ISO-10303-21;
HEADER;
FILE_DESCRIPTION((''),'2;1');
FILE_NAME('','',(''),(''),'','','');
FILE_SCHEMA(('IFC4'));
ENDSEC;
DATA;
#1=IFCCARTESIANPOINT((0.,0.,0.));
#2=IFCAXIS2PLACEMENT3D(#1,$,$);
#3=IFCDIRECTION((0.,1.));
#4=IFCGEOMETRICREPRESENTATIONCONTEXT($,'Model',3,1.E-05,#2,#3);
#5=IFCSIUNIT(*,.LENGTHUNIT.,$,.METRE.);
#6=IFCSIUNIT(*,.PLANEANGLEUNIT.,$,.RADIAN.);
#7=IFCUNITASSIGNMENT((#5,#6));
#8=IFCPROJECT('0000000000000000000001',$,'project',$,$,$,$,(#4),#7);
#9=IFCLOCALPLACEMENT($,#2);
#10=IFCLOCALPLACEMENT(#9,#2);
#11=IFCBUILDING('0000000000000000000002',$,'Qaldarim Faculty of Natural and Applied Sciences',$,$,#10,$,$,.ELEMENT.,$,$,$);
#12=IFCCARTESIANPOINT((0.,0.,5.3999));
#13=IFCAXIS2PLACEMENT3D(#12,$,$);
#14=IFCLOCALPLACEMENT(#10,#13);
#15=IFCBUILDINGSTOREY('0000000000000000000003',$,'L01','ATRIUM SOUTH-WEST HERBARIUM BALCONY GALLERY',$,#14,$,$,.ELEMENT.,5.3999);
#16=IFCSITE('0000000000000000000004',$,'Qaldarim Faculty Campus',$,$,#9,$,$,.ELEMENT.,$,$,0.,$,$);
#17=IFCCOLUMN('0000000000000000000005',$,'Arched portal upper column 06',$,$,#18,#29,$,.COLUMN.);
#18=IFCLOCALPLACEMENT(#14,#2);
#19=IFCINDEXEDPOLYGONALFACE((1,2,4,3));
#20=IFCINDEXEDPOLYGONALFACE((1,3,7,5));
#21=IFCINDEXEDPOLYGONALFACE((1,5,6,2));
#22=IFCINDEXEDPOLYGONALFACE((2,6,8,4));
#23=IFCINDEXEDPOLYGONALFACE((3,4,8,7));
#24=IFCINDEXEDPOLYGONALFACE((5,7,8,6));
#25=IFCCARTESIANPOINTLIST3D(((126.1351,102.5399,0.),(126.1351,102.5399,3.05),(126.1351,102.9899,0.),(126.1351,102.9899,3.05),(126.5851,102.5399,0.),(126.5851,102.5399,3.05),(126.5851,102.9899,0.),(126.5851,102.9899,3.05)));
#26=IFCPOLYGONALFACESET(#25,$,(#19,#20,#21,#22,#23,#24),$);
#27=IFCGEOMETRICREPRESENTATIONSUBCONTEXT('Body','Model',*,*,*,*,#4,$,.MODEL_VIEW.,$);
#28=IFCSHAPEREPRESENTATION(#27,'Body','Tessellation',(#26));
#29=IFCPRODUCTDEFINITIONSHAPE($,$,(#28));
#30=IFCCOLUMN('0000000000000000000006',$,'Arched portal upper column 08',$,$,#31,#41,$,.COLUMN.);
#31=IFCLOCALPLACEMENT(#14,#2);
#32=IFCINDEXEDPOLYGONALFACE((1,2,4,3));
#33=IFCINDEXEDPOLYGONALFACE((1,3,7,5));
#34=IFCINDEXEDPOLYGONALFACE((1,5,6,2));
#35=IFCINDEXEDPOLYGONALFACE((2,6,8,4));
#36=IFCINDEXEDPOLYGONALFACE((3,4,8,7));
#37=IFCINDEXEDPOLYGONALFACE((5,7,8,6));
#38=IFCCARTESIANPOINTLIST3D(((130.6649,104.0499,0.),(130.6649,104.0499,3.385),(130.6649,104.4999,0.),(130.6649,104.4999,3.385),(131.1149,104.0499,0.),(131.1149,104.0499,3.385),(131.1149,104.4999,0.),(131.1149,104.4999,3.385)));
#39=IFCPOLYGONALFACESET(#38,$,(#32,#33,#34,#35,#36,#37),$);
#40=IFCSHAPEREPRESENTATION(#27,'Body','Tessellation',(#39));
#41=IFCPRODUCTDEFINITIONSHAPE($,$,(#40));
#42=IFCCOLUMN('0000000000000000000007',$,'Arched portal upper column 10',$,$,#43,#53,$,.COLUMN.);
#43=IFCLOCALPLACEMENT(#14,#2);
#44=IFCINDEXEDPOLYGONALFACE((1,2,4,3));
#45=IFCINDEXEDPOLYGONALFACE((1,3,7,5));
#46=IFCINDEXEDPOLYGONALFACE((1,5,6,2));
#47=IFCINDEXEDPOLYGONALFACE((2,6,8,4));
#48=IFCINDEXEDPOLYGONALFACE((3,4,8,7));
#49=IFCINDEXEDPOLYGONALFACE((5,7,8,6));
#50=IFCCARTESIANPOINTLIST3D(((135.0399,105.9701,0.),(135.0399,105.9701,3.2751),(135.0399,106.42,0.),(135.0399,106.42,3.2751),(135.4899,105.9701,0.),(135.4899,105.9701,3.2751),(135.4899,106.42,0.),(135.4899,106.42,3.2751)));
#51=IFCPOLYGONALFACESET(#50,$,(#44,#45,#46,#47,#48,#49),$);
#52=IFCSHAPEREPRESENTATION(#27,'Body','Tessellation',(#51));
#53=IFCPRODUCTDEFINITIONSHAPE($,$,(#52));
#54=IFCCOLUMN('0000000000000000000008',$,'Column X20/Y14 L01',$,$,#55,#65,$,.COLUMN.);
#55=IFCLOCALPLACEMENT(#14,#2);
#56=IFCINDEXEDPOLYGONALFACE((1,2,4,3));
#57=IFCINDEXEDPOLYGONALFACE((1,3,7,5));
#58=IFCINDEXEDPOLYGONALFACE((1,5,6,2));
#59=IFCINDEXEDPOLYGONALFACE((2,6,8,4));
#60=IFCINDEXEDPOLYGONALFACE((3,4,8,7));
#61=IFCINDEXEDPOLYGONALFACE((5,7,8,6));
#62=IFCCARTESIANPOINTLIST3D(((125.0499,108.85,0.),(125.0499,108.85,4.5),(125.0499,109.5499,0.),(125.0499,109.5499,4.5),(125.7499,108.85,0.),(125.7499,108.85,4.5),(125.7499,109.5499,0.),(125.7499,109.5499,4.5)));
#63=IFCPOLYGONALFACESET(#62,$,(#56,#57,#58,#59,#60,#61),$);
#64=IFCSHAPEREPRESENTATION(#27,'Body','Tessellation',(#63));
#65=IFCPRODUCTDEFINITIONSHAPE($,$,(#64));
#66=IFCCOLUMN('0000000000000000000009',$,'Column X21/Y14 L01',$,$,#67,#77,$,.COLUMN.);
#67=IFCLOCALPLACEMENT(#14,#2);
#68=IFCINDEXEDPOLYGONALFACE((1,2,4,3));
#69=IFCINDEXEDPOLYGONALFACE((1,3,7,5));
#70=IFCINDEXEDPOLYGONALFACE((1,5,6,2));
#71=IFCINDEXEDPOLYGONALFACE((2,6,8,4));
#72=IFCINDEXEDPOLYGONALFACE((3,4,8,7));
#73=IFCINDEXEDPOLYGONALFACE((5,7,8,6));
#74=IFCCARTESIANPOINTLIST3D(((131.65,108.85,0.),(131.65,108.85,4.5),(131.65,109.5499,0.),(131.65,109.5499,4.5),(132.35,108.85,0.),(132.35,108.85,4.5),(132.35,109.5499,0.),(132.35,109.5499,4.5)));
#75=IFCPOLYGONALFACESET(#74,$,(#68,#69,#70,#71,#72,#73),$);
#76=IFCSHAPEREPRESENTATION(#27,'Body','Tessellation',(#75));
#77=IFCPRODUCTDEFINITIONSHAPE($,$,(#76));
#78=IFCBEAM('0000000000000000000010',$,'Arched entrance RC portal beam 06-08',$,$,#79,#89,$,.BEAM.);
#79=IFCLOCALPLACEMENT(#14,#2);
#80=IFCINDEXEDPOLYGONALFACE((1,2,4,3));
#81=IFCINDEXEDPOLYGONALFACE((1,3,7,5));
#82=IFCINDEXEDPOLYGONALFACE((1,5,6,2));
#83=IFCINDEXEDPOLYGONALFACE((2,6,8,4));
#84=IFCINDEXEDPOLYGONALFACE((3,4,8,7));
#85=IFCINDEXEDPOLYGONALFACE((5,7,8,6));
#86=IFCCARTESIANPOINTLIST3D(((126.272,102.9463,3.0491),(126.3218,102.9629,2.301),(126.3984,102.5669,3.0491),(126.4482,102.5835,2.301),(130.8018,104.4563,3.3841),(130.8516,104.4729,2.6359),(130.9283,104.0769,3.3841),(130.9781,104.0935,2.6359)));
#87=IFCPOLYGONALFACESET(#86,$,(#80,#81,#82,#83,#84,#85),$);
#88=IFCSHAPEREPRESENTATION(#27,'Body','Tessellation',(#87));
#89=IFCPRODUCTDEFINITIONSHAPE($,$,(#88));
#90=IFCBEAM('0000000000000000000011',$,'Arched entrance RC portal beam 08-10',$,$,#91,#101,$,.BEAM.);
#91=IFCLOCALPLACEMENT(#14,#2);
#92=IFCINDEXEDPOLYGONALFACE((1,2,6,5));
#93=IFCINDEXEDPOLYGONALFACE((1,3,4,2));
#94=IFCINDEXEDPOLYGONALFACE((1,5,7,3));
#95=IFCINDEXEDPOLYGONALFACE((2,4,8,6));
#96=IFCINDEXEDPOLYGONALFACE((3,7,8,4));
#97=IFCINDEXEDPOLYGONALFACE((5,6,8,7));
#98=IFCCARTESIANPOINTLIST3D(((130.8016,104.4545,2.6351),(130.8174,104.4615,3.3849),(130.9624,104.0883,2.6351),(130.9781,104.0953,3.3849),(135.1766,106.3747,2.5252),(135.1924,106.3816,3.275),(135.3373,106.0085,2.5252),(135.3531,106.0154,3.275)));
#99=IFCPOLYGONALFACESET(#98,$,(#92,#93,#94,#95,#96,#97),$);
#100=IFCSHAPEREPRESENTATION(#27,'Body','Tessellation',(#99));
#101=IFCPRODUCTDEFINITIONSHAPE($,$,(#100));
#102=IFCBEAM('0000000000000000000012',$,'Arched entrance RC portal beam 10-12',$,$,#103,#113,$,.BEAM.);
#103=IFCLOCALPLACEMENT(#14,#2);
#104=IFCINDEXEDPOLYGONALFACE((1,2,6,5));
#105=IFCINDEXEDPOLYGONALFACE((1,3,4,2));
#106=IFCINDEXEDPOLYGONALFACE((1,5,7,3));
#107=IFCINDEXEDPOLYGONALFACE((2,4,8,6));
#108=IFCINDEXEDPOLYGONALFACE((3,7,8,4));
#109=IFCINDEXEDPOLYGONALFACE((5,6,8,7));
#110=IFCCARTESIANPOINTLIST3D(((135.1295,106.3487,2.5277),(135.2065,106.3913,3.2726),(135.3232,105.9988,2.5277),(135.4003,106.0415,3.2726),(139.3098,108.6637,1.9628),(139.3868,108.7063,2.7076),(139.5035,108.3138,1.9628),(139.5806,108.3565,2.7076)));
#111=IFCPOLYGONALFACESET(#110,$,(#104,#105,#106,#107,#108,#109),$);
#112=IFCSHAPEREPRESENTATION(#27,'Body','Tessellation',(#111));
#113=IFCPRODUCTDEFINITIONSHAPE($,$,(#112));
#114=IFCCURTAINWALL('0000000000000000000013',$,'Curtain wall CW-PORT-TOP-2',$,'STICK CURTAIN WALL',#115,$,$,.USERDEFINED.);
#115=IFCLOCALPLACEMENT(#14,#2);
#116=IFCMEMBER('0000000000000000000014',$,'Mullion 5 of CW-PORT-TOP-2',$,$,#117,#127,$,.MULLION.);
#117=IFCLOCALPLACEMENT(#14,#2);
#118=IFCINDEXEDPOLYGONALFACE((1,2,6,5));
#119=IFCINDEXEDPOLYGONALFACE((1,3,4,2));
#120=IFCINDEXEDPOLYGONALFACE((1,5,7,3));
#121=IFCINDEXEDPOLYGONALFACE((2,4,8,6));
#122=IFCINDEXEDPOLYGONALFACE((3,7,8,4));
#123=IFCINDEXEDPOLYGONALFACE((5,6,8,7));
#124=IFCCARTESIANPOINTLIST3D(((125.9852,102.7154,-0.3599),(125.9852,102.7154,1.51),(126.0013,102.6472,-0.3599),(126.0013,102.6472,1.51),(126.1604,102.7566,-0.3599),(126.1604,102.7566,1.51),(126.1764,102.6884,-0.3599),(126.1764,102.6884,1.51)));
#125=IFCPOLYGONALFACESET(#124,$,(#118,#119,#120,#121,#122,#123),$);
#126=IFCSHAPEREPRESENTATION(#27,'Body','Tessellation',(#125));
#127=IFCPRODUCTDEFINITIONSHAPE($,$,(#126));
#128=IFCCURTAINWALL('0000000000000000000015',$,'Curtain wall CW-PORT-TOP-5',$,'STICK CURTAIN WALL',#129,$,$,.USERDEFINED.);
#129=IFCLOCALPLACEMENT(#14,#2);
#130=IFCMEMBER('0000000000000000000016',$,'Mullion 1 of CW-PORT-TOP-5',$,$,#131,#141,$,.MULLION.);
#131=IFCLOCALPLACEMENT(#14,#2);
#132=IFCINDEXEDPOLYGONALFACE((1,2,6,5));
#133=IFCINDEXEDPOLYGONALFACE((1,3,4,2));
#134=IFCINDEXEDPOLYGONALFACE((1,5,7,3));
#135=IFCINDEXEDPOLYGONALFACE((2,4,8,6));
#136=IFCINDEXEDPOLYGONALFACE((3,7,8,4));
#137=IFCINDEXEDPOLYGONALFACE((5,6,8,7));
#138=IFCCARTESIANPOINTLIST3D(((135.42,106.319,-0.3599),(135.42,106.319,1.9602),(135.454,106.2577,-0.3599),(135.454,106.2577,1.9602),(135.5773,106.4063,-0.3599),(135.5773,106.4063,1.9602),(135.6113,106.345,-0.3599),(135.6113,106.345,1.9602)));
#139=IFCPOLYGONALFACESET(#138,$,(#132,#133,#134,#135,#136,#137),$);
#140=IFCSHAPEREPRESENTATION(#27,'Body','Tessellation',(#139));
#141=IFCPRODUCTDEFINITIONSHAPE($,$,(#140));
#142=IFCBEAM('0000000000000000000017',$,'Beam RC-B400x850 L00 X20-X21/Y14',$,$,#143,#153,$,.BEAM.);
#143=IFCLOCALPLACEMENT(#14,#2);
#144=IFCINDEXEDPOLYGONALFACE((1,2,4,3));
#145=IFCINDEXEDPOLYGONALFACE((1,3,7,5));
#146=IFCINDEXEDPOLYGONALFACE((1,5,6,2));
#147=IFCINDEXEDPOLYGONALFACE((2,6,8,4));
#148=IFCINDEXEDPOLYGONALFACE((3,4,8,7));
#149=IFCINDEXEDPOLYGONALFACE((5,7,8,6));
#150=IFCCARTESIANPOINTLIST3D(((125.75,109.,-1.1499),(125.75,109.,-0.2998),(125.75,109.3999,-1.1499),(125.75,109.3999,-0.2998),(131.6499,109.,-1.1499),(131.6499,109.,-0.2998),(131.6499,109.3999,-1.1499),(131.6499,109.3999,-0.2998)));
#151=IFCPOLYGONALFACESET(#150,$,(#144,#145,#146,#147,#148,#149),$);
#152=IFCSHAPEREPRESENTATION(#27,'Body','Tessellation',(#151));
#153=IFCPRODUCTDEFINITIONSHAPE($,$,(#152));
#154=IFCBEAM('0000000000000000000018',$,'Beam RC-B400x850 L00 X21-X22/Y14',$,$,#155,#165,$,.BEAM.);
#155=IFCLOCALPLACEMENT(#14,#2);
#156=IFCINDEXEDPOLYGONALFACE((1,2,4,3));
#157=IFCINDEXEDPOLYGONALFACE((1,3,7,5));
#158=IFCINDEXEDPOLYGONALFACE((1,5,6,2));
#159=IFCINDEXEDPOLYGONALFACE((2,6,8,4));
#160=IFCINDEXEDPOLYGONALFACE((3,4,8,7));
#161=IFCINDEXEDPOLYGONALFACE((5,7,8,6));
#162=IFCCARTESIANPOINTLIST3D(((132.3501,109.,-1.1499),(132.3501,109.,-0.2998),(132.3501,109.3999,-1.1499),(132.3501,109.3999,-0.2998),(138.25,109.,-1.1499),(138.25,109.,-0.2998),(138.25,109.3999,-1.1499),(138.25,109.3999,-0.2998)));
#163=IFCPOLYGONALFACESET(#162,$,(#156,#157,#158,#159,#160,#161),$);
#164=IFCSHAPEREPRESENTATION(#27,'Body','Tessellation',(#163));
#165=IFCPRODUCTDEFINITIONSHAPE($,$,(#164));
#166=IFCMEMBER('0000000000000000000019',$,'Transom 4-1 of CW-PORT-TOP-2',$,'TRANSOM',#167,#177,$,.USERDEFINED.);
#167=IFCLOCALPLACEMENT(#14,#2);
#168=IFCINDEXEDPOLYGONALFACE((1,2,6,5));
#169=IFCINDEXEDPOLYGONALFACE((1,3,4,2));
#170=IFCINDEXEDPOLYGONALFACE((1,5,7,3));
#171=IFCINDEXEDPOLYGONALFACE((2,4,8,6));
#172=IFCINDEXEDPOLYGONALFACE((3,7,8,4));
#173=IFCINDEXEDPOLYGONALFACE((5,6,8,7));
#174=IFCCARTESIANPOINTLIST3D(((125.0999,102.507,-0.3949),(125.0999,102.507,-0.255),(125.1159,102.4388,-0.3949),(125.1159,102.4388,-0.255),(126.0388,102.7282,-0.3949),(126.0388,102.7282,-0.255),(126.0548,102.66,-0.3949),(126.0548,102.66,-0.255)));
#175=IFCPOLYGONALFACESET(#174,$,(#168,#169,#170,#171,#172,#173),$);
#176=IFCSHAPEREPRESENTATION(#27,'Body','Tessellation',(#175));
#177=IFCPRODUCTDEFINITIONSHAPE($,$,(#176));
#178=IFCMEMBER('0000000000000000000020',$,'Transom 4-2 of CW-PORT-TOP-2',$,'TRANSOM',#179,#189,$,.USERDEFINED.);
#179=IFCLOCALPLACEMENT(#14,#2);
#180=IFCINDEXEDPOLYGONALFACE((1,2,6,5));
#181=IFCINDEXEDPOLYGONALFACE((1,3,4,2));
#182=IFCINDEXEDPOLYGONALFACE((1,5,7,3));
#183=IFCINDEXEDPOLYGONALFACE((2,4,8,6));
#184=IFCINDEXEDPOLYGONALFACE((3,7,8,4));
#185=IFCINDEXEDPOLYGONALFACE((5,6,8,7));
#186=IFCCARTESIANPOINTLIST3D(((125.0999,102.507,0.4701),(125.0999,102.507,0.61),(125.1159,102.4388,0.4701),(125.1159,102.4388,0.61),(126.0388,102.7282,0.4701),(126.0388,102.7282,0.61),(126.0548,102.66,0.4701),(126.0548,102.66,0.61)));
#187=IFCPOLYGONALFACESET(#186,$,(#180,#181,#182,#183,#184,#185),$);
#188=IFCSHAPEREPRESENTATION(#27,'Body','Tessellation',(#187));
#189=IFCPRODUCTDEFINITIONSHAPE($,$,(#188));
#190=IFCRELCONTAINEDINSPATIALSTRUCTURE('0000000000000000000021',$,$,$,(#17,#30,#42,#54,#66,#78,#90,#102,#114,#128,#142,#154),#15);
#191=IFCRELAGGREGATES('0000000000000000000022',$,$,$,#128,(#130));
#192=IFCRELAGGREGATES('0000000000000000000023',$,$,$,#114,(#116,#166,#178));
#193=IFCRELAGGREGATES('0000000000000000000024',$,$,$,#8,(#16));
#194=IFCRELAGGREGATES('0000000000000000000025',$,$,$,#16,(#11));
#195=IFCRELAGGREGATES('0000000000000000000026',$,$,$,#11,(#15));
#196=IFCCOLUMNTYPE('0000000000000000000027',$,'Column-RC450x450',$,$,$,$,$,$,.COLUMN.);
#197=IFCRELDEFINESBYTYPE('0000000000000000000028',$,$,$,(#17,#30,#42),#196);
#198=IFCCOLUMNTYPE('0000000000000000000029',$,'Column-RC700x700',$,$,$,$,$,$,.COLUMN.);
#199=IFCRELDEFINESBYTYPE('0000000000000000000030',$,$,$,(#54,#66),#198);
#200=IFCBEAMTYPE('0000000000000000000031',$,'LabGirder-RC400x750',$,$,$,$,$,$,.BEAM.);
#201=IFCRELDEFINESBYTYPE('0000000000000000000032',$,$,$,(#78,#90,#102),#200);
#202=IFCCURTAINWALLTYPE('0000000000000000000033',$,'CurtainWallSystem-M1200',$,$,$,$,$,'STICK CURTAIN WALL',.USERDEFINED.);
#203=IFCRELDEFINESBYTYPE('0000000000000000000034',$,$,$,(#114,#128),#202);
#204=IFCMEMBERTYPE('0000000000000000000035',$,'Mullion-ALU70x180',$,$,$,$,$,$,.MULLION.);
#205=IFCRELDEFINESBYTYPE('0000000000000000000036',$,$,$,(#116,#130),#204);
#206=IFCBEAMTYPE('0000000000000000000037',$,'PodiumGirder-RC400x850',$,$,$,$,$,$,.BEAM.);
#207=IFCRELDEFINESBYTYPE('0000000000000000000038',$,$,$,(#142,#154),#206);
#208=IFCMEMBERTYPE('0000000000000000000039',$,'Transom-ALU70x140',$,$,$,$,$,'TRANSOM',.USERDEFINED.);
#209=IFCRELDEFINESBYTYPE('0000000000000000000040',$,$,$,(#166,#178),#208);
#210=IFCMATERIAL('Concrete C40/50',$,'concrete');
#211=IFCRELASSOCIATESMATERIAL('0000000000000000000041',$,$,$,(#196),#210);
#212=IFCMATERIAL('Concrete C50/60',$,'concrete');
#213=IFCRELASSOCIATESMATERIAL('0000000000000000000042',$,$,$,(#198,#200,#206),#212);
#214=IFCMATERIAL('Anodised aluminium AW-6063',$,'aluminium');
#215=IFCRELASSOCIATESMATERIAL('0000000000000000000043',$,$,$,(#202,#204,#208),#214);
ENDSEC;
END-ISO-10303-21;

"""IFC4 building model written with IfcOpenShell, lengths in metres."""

from ifc_helpers import new_model, si_unit, direction, frame, origin, origin_2d, place, context, subcontext, project, spatial, rectangle, extrude, material, material_profile, profile_set, type_object, element, aggregate, save


model = new_model("IFC4")

# Units and contexts
model_context = context("Model", 3, precision=1e-05, world=origin(), true_north=direction((0.0, 1.0)))
body_context = subcontext(model_context, "Body", "Model", "MODEL_VIEW")
ifc_project = project(units=[si_unit("LENGTHUNIT", "METRE"), si_unit("PLANEANGLEUNIT", "RADIAN")], contexts=[model_context])

# Site, building, storey
site_placement = place(None, origin())
site = spatial("IfcSite", under=ifc_project, at=site_placement, Name="Qaldarim Faculty Campus", CompositionType="ELEMENT", RefElevation=0.0)
building_placement = place(site_placement, origin())
building = spatial("IfcBuilding", under=site, at=building_placement, Name="Qaldarim Faculty of Natural and Applied Sciences", CompositionType="ELEMENT")
storey_placement = place(building_placement, frame((0.0, 0.0, 5.3999)))
storey = spatial("IfcBuildingStorey", under=building, at=storey_placement, Name="L01", Description="ATRIUM SOUTH-WEST HERBARIUM BALCONY GALLERY", CompositionType="ELEMENT", Elevation=5.3999)

# Columns
ifc_material_1 = material(Name="Concrete C40/50", Category="concrete")
ifc_material_profile_1 = material_profile(ifc_material_1, rectangle(XDim=0.45, YDim=0.45, at=origin_2d()), Name="RC-C450x450")
ifc_profile_set_1 = profile_set([ifc_material_profile_1], Name="Concrete C40/50")
column_type_1 = type_object("IfcColumnType", Name="Column-RC450x450", PredefinedType="COLUMN", material=ifc_profile_set_1)
column_1_placement = place(storey_placement, frame((126.3601, 102.7649, 0.0), z_axis=(0.0, 0.0, 1.0), x_axis=(1.0, 0.0, 0.0)))
element("IfcColumn", 1, at=column_1_placement, inside=storey, type_object=column_type_1, Name="Arched portal upper column 06", PredefinedType="COLUMN", context=body_context, shape_type="SweptSolid", body=[
    extrude(rectangle(XDim=0.45, YDim=0.45, at=origin_2d()), origin(), (0.0, 0.0, 1.0), 3.05),
])
column_2_placement = place(storey_placement, frame((130.8899, 104.2749, 0.0), z_axis=(0.0, 0.0, 1.0), x_axis=(1.0, 0.0, 0.0)))
element("IfcColumn", 2, at=column_2_placement, inside=storey, type_object=column_type_1, Name="Arched portal upper column 08", PredefinedType="COLUMN", context=body_context, shape_type="SweptSolid", body=[
    extrude(rectangle(XDim=0.45, YDim=0.45, at=origin_2d()), origin(), (0.0, 0.0, 1.0), 3.385),
])
column_3_placement = place(storey_placement, frame((135.2649, 106.1951, 0.0), z_axis=(0.0, 0.0, 1.0), x_axis=(1.0, 0.0, 0.0)))
element("IfcColumn", 3, at=column_3_placement, inside=storey, type_object=column_type_1, Name="Arched portal upper column 10", PredefinedType="COLUMN", context=body_context, shape_type="SweptSolid", body=[
    extrude(rectangle(XDim=0.45, YDim=0.45, at=origin_2d()), origin(), (0.0, 0.0, 1.0), 3.2751),
])
ifc_material_2 = material(Name="Concrete C50/60", Category="concrete")
ifc_material_profile_2 = material_profile(ifc_material_2, rectangle(XDim=0.7, YDim=0.7, at=origin_2d()), Name="RC-C700x700")
ifc_profile_set_2 = profile_set([ifc_material_profile_2], Name="Concrete C50/60")
column_type_2 = type_object("IfcColumnType", Name="Column-RC700x700", PredefinedType="COLUMN", material=ifc_profile_set_2)
for number, where, z_axis, x_axis, name in (
    (4, (125.3999, 109.2, 0.0), (0.0, 0.0, 1.0), (1.0, 0.0, 0.0), "Column X20/Y14 L01"),
    (5, (132.0, 109.2, 0.0), (0.0, 0.0, 1.0), (1.0, 0.0, 0.0), "Column X21/Y14 L01"),
):
    element("IfcColumn", number, at=place(storey_placement, frame(where, z_axis=z_axis, x_axis=x_axis)), inside=storey, type_object=column_type_2, Name=name, PredefinedType="COLUMN", context=body_context, shape_type="SweptSolid", body=[
        extrude(rectangle(XDim=0.7, YDim=0.7, at=origin_2d()), origin(), (0.0, 0.0, 1.0), 4.5),
    ])

# Beams
ifc_material_profile_3 = material_profile(ifc_material_2, rectangle(XDim=0.3999, YDim=0.75, at=origin_2d()), Name="RC-B400x750")
ifc_profile_set_3 = profile_set([ifc_material_profile_3], Name="Concrete C50/60")
beam_type_1 = type_object("IfcBeamType", Name="LabGirder-RC400x750", PredefinedType="BEAM", material=ifc_profile_set_3)
beam_1_placement = place(storey_placement, frame((126.3601, 102.7649, 2.675), z_axis=(0.946352, 0.315468, 0.069979), x_axis=(-0.316243, 0.948678, 0.0)))
element("IfcBeam", 6, at=beam_1_placement, inside=storey, type_object=beam_type_1, Name="Arched entrance RC portal beam 06-08", PredefinedType="BEAM", context=body_context, shape_type="SweptSolid", body=[
    extrude(rectangle(XDim=0.3999, YDim=0.75, at=origin_2d()), origin(), (0.0, 0.0, 1.0), 4.7866),
])
beam_2_placement = place(storey_placement, frame((130.8899, 104.2749, 3.01), z_axis=(0.915446, 0.401785, -0.022988), x_axis=(-0.401891, 0.915688, 0.0)))
element("IfcBeam", 7, at=beam_2_placement, inside=storey, type_object=beam_type_1, Name="Arched entrance RC portal beam 08-10", PredefinedType="BEAM", context=body_context, shape_type="SweptSolid", body=[
    extrude(rectangle(XDim=0.3999, YDim=0.75, at=origin_2d()), origin(), (0.0, 0.0, 1.0), 4.7791),
])
beam_3_placement = place(storey_placement, frame((135.2649, 106.1951, 2.9001), z_axis=(0.868761, 0.481112, -0.117411), x_axis=(-0.484463, 0.874812, 0.0)))
element("IfcBeam", 8, at=beam_3_placement, inside=storey, type_object=beam_type_1, Name="Arched entrance RC portal beam 10-12", PredefinedType="BEAM", context=body_context, shape_type="SweptSolid", body=[
    extrude(rectangle(XDim=0.3999, YDim=0.75, at=origin_2d()), origin(), (0.0, 0.0, 1.0), 4.8118),
])

# Curtain walls, members
ifc_material_3 = material(Name="Anodised aluminium AW-6063", Category="aluminium")
curtain_wall_type = type_object("IfcCurtainWallType", Name="CurtainWallSystem-M1200", ElementType="STICK CURTAIN WALL", PredefinedType="USERDEFINED", material=ifc_material_3)
curtain_wall_1_placement = place(storey_placement, origin())
curtain_wall_1 = element("IfcCurtainWall", 9, at=curtain_wall_1_placement, inside=storey, type_object=curtain_wall_type, Name="Curtain wall CW-PORT-TOP-2", ObjectType="STICK CURTAIN WALL", PredefinedType="USERDEFINED")
ifc_material_profile_4 = material_profile(ifc_material_3, rectangle(XDim=0.0701, YDim=0.1799, at=origin_2d()), Name="ALU-M70x180")
ifc_profile_set_4 = profile_set([ifc_material_profile_4], Name="Anodised aluminium AW-6063")
member_type_1 = type_object("IfcMemberType", Name="Mullion-ALU70x180", PredefinedType="MULLION", material=ifc_profile_set_4)
member_1_placement = place(storey_placement, frame((126.0808, 102.7019, -0.3599), z_axis=(0.0, 0.0, 1.0), x_axis=(-0.229047, 0.973415, 0.0)))
member_1 = element("IfcMember", 10, at=member_1_placement, type_object=member_type_1, Name="Mullion 5 of CW-PORT-TOP-2", PredefinedType="MULLION", context=body_context, shape_type="SweptSolid", body=[
    extrude(rectangle(XDim=0.0701, YDim=0.1799, at=origin_2d()), origin(), (0.0, 0.0, 1.0), 1.8699),
])
curtain_wall_2_placement = place(storey_placement, origin())
curtain_wall_2 = element("IfcCurtainWall", 11, at=curtain_wall_2_placement, inside=storey, type_object=curtain_wall_type, Name="Curtain wall CW-PORT-TOP-5", ObjectType="STICK CURTAIN WALL", PredefinedType="USERDEFINED")
member_2_placement = place(storey_placement, frame((135.5156, 106.332, -0.3599), z_axis=(0.0, 0.0, 1.0), x_axis=(-0.485145, 0.874433, 0.0)))
member_2 = element("IfcMember", 12, at=member_2_placement, type_object=member_type_1, Name="Mullion 1 of CW-PORT-TOP-5", PredefinedType="MULLION", context=body_context, shape_type="SweptSolid", body=[
    extrude(rectangle(XDim=0.0701, YDim=0.1799, at=origin_2d()), origin(), (0.0, 0.0, 1.0), 2.3201),
])
aggregate(curtain_wall_2, [member_2])

# Beams
ifc_material_profile_5 = material_profile(ifc_material_2, rectangle(XDim=0.3999, YDim=0.8501, at=origin_2d()), Name="RC-B400x850")
ifc_profile_set_5 = profile_set([ifc_material_profile_5], Name="Concrete C50/60")
beam_type_2 = type_object("IfcBeamType", Name="PodiumGirder-RC400x850", PredefinedType="BEAM", material=ifc_profile_set_5)
for number, where, z_axis, x_axis, name in (
    (13, (125.75, 109.2, -0.7249), (1.0, 0.0, 0.0), (0.0, 1.0, 0.0), "Beam RC-B400x850 L00 X20-X21/Y14"),
    (14, (132.3501, 109.2, -0.7249), (1.0, 0.0, 0.0), (0.0, 1.0, 0.0), "Beam RC-B400x850 L00 X21-X22/Y14"),
):
    element("IfcBeam", number, at=place(storey_placement, frame(where, z_axis=z_axis, x_axis=x_axis)), inside=storey, type_object=beam_type_2, Name=name, PredefinedType="BEAM", context=body_context, shape_type="SweptSolid", body=[
        extrude(rectangle(XDim=0.3999, YDim=0.8501, at=origin_2d()), origin(), (0.0, 0.0, 1.0), 5.8999),
    ])

# Members
ifc_material_profile_6 = material_profile(ifc_material_3, rectangle(XDim=0.0701, YDim=0.1399, at=origin_2d()), Name="ALU-T70x140")
ifc_profile_set_6 = profile_set([ifc_material_profile_6], Name="Anodised aluminium AW-6063")
member_type_2 = type_object("IfcMemberType", Name="Transom-ALU70x140", ElementType="TRANSOM", PredefinedType="USERDEFINED", material=ifc_profile_set_6)
member_3_placement = place(storey_placement, frame((125.1079, 102.4729, -0.325), z_axis=(0.973357, 0.229293, 0.0), x_axis=(-0.229293, 0.973357, 0.0)))
member_3 = element("IfcMember", 15, at=member_3_placement, type_object=member_type_2, Name="Transom 4-1 of CW-PORT-TOP-2", ObjectType="TRANSOM", PredefinedType="USERDEFINED", context=body_context, shape_type="SweptSolid", body=[
    extrude(rectangle(XDim=0.0701, YDim=0.1399, at=origin_2d()), origin(), (0.0, 0.0, 1.0), 0.9646),
])
member_4_placement = place(storey_placement, frame((125.1079, 102.4729, 0.54), z_axis=(0.973357, 0.229293, 0.0), x_axis=(-0.229293, 0.973357, 0.0)))
member_4 = element("IfcMember", 16, at=member_4_placement, type_object=member_type_2, Name="Transom 4-2 of CW-PORT-TOP-2", ObjectType="TRANSOM", PredefinedType="USERDEFINED", context=body_context, shape_type="SweptSolid", body=[
    extrude(rectangle(XDim=0.0701, YDim=0.1399, at=origin_2d()), origin(), (0.0, 0.0, 1.0), 0.9646),
])

aggregate(curtain_wall_1, [member_1, member_3, member_4])

save(model, "model.ifc")
